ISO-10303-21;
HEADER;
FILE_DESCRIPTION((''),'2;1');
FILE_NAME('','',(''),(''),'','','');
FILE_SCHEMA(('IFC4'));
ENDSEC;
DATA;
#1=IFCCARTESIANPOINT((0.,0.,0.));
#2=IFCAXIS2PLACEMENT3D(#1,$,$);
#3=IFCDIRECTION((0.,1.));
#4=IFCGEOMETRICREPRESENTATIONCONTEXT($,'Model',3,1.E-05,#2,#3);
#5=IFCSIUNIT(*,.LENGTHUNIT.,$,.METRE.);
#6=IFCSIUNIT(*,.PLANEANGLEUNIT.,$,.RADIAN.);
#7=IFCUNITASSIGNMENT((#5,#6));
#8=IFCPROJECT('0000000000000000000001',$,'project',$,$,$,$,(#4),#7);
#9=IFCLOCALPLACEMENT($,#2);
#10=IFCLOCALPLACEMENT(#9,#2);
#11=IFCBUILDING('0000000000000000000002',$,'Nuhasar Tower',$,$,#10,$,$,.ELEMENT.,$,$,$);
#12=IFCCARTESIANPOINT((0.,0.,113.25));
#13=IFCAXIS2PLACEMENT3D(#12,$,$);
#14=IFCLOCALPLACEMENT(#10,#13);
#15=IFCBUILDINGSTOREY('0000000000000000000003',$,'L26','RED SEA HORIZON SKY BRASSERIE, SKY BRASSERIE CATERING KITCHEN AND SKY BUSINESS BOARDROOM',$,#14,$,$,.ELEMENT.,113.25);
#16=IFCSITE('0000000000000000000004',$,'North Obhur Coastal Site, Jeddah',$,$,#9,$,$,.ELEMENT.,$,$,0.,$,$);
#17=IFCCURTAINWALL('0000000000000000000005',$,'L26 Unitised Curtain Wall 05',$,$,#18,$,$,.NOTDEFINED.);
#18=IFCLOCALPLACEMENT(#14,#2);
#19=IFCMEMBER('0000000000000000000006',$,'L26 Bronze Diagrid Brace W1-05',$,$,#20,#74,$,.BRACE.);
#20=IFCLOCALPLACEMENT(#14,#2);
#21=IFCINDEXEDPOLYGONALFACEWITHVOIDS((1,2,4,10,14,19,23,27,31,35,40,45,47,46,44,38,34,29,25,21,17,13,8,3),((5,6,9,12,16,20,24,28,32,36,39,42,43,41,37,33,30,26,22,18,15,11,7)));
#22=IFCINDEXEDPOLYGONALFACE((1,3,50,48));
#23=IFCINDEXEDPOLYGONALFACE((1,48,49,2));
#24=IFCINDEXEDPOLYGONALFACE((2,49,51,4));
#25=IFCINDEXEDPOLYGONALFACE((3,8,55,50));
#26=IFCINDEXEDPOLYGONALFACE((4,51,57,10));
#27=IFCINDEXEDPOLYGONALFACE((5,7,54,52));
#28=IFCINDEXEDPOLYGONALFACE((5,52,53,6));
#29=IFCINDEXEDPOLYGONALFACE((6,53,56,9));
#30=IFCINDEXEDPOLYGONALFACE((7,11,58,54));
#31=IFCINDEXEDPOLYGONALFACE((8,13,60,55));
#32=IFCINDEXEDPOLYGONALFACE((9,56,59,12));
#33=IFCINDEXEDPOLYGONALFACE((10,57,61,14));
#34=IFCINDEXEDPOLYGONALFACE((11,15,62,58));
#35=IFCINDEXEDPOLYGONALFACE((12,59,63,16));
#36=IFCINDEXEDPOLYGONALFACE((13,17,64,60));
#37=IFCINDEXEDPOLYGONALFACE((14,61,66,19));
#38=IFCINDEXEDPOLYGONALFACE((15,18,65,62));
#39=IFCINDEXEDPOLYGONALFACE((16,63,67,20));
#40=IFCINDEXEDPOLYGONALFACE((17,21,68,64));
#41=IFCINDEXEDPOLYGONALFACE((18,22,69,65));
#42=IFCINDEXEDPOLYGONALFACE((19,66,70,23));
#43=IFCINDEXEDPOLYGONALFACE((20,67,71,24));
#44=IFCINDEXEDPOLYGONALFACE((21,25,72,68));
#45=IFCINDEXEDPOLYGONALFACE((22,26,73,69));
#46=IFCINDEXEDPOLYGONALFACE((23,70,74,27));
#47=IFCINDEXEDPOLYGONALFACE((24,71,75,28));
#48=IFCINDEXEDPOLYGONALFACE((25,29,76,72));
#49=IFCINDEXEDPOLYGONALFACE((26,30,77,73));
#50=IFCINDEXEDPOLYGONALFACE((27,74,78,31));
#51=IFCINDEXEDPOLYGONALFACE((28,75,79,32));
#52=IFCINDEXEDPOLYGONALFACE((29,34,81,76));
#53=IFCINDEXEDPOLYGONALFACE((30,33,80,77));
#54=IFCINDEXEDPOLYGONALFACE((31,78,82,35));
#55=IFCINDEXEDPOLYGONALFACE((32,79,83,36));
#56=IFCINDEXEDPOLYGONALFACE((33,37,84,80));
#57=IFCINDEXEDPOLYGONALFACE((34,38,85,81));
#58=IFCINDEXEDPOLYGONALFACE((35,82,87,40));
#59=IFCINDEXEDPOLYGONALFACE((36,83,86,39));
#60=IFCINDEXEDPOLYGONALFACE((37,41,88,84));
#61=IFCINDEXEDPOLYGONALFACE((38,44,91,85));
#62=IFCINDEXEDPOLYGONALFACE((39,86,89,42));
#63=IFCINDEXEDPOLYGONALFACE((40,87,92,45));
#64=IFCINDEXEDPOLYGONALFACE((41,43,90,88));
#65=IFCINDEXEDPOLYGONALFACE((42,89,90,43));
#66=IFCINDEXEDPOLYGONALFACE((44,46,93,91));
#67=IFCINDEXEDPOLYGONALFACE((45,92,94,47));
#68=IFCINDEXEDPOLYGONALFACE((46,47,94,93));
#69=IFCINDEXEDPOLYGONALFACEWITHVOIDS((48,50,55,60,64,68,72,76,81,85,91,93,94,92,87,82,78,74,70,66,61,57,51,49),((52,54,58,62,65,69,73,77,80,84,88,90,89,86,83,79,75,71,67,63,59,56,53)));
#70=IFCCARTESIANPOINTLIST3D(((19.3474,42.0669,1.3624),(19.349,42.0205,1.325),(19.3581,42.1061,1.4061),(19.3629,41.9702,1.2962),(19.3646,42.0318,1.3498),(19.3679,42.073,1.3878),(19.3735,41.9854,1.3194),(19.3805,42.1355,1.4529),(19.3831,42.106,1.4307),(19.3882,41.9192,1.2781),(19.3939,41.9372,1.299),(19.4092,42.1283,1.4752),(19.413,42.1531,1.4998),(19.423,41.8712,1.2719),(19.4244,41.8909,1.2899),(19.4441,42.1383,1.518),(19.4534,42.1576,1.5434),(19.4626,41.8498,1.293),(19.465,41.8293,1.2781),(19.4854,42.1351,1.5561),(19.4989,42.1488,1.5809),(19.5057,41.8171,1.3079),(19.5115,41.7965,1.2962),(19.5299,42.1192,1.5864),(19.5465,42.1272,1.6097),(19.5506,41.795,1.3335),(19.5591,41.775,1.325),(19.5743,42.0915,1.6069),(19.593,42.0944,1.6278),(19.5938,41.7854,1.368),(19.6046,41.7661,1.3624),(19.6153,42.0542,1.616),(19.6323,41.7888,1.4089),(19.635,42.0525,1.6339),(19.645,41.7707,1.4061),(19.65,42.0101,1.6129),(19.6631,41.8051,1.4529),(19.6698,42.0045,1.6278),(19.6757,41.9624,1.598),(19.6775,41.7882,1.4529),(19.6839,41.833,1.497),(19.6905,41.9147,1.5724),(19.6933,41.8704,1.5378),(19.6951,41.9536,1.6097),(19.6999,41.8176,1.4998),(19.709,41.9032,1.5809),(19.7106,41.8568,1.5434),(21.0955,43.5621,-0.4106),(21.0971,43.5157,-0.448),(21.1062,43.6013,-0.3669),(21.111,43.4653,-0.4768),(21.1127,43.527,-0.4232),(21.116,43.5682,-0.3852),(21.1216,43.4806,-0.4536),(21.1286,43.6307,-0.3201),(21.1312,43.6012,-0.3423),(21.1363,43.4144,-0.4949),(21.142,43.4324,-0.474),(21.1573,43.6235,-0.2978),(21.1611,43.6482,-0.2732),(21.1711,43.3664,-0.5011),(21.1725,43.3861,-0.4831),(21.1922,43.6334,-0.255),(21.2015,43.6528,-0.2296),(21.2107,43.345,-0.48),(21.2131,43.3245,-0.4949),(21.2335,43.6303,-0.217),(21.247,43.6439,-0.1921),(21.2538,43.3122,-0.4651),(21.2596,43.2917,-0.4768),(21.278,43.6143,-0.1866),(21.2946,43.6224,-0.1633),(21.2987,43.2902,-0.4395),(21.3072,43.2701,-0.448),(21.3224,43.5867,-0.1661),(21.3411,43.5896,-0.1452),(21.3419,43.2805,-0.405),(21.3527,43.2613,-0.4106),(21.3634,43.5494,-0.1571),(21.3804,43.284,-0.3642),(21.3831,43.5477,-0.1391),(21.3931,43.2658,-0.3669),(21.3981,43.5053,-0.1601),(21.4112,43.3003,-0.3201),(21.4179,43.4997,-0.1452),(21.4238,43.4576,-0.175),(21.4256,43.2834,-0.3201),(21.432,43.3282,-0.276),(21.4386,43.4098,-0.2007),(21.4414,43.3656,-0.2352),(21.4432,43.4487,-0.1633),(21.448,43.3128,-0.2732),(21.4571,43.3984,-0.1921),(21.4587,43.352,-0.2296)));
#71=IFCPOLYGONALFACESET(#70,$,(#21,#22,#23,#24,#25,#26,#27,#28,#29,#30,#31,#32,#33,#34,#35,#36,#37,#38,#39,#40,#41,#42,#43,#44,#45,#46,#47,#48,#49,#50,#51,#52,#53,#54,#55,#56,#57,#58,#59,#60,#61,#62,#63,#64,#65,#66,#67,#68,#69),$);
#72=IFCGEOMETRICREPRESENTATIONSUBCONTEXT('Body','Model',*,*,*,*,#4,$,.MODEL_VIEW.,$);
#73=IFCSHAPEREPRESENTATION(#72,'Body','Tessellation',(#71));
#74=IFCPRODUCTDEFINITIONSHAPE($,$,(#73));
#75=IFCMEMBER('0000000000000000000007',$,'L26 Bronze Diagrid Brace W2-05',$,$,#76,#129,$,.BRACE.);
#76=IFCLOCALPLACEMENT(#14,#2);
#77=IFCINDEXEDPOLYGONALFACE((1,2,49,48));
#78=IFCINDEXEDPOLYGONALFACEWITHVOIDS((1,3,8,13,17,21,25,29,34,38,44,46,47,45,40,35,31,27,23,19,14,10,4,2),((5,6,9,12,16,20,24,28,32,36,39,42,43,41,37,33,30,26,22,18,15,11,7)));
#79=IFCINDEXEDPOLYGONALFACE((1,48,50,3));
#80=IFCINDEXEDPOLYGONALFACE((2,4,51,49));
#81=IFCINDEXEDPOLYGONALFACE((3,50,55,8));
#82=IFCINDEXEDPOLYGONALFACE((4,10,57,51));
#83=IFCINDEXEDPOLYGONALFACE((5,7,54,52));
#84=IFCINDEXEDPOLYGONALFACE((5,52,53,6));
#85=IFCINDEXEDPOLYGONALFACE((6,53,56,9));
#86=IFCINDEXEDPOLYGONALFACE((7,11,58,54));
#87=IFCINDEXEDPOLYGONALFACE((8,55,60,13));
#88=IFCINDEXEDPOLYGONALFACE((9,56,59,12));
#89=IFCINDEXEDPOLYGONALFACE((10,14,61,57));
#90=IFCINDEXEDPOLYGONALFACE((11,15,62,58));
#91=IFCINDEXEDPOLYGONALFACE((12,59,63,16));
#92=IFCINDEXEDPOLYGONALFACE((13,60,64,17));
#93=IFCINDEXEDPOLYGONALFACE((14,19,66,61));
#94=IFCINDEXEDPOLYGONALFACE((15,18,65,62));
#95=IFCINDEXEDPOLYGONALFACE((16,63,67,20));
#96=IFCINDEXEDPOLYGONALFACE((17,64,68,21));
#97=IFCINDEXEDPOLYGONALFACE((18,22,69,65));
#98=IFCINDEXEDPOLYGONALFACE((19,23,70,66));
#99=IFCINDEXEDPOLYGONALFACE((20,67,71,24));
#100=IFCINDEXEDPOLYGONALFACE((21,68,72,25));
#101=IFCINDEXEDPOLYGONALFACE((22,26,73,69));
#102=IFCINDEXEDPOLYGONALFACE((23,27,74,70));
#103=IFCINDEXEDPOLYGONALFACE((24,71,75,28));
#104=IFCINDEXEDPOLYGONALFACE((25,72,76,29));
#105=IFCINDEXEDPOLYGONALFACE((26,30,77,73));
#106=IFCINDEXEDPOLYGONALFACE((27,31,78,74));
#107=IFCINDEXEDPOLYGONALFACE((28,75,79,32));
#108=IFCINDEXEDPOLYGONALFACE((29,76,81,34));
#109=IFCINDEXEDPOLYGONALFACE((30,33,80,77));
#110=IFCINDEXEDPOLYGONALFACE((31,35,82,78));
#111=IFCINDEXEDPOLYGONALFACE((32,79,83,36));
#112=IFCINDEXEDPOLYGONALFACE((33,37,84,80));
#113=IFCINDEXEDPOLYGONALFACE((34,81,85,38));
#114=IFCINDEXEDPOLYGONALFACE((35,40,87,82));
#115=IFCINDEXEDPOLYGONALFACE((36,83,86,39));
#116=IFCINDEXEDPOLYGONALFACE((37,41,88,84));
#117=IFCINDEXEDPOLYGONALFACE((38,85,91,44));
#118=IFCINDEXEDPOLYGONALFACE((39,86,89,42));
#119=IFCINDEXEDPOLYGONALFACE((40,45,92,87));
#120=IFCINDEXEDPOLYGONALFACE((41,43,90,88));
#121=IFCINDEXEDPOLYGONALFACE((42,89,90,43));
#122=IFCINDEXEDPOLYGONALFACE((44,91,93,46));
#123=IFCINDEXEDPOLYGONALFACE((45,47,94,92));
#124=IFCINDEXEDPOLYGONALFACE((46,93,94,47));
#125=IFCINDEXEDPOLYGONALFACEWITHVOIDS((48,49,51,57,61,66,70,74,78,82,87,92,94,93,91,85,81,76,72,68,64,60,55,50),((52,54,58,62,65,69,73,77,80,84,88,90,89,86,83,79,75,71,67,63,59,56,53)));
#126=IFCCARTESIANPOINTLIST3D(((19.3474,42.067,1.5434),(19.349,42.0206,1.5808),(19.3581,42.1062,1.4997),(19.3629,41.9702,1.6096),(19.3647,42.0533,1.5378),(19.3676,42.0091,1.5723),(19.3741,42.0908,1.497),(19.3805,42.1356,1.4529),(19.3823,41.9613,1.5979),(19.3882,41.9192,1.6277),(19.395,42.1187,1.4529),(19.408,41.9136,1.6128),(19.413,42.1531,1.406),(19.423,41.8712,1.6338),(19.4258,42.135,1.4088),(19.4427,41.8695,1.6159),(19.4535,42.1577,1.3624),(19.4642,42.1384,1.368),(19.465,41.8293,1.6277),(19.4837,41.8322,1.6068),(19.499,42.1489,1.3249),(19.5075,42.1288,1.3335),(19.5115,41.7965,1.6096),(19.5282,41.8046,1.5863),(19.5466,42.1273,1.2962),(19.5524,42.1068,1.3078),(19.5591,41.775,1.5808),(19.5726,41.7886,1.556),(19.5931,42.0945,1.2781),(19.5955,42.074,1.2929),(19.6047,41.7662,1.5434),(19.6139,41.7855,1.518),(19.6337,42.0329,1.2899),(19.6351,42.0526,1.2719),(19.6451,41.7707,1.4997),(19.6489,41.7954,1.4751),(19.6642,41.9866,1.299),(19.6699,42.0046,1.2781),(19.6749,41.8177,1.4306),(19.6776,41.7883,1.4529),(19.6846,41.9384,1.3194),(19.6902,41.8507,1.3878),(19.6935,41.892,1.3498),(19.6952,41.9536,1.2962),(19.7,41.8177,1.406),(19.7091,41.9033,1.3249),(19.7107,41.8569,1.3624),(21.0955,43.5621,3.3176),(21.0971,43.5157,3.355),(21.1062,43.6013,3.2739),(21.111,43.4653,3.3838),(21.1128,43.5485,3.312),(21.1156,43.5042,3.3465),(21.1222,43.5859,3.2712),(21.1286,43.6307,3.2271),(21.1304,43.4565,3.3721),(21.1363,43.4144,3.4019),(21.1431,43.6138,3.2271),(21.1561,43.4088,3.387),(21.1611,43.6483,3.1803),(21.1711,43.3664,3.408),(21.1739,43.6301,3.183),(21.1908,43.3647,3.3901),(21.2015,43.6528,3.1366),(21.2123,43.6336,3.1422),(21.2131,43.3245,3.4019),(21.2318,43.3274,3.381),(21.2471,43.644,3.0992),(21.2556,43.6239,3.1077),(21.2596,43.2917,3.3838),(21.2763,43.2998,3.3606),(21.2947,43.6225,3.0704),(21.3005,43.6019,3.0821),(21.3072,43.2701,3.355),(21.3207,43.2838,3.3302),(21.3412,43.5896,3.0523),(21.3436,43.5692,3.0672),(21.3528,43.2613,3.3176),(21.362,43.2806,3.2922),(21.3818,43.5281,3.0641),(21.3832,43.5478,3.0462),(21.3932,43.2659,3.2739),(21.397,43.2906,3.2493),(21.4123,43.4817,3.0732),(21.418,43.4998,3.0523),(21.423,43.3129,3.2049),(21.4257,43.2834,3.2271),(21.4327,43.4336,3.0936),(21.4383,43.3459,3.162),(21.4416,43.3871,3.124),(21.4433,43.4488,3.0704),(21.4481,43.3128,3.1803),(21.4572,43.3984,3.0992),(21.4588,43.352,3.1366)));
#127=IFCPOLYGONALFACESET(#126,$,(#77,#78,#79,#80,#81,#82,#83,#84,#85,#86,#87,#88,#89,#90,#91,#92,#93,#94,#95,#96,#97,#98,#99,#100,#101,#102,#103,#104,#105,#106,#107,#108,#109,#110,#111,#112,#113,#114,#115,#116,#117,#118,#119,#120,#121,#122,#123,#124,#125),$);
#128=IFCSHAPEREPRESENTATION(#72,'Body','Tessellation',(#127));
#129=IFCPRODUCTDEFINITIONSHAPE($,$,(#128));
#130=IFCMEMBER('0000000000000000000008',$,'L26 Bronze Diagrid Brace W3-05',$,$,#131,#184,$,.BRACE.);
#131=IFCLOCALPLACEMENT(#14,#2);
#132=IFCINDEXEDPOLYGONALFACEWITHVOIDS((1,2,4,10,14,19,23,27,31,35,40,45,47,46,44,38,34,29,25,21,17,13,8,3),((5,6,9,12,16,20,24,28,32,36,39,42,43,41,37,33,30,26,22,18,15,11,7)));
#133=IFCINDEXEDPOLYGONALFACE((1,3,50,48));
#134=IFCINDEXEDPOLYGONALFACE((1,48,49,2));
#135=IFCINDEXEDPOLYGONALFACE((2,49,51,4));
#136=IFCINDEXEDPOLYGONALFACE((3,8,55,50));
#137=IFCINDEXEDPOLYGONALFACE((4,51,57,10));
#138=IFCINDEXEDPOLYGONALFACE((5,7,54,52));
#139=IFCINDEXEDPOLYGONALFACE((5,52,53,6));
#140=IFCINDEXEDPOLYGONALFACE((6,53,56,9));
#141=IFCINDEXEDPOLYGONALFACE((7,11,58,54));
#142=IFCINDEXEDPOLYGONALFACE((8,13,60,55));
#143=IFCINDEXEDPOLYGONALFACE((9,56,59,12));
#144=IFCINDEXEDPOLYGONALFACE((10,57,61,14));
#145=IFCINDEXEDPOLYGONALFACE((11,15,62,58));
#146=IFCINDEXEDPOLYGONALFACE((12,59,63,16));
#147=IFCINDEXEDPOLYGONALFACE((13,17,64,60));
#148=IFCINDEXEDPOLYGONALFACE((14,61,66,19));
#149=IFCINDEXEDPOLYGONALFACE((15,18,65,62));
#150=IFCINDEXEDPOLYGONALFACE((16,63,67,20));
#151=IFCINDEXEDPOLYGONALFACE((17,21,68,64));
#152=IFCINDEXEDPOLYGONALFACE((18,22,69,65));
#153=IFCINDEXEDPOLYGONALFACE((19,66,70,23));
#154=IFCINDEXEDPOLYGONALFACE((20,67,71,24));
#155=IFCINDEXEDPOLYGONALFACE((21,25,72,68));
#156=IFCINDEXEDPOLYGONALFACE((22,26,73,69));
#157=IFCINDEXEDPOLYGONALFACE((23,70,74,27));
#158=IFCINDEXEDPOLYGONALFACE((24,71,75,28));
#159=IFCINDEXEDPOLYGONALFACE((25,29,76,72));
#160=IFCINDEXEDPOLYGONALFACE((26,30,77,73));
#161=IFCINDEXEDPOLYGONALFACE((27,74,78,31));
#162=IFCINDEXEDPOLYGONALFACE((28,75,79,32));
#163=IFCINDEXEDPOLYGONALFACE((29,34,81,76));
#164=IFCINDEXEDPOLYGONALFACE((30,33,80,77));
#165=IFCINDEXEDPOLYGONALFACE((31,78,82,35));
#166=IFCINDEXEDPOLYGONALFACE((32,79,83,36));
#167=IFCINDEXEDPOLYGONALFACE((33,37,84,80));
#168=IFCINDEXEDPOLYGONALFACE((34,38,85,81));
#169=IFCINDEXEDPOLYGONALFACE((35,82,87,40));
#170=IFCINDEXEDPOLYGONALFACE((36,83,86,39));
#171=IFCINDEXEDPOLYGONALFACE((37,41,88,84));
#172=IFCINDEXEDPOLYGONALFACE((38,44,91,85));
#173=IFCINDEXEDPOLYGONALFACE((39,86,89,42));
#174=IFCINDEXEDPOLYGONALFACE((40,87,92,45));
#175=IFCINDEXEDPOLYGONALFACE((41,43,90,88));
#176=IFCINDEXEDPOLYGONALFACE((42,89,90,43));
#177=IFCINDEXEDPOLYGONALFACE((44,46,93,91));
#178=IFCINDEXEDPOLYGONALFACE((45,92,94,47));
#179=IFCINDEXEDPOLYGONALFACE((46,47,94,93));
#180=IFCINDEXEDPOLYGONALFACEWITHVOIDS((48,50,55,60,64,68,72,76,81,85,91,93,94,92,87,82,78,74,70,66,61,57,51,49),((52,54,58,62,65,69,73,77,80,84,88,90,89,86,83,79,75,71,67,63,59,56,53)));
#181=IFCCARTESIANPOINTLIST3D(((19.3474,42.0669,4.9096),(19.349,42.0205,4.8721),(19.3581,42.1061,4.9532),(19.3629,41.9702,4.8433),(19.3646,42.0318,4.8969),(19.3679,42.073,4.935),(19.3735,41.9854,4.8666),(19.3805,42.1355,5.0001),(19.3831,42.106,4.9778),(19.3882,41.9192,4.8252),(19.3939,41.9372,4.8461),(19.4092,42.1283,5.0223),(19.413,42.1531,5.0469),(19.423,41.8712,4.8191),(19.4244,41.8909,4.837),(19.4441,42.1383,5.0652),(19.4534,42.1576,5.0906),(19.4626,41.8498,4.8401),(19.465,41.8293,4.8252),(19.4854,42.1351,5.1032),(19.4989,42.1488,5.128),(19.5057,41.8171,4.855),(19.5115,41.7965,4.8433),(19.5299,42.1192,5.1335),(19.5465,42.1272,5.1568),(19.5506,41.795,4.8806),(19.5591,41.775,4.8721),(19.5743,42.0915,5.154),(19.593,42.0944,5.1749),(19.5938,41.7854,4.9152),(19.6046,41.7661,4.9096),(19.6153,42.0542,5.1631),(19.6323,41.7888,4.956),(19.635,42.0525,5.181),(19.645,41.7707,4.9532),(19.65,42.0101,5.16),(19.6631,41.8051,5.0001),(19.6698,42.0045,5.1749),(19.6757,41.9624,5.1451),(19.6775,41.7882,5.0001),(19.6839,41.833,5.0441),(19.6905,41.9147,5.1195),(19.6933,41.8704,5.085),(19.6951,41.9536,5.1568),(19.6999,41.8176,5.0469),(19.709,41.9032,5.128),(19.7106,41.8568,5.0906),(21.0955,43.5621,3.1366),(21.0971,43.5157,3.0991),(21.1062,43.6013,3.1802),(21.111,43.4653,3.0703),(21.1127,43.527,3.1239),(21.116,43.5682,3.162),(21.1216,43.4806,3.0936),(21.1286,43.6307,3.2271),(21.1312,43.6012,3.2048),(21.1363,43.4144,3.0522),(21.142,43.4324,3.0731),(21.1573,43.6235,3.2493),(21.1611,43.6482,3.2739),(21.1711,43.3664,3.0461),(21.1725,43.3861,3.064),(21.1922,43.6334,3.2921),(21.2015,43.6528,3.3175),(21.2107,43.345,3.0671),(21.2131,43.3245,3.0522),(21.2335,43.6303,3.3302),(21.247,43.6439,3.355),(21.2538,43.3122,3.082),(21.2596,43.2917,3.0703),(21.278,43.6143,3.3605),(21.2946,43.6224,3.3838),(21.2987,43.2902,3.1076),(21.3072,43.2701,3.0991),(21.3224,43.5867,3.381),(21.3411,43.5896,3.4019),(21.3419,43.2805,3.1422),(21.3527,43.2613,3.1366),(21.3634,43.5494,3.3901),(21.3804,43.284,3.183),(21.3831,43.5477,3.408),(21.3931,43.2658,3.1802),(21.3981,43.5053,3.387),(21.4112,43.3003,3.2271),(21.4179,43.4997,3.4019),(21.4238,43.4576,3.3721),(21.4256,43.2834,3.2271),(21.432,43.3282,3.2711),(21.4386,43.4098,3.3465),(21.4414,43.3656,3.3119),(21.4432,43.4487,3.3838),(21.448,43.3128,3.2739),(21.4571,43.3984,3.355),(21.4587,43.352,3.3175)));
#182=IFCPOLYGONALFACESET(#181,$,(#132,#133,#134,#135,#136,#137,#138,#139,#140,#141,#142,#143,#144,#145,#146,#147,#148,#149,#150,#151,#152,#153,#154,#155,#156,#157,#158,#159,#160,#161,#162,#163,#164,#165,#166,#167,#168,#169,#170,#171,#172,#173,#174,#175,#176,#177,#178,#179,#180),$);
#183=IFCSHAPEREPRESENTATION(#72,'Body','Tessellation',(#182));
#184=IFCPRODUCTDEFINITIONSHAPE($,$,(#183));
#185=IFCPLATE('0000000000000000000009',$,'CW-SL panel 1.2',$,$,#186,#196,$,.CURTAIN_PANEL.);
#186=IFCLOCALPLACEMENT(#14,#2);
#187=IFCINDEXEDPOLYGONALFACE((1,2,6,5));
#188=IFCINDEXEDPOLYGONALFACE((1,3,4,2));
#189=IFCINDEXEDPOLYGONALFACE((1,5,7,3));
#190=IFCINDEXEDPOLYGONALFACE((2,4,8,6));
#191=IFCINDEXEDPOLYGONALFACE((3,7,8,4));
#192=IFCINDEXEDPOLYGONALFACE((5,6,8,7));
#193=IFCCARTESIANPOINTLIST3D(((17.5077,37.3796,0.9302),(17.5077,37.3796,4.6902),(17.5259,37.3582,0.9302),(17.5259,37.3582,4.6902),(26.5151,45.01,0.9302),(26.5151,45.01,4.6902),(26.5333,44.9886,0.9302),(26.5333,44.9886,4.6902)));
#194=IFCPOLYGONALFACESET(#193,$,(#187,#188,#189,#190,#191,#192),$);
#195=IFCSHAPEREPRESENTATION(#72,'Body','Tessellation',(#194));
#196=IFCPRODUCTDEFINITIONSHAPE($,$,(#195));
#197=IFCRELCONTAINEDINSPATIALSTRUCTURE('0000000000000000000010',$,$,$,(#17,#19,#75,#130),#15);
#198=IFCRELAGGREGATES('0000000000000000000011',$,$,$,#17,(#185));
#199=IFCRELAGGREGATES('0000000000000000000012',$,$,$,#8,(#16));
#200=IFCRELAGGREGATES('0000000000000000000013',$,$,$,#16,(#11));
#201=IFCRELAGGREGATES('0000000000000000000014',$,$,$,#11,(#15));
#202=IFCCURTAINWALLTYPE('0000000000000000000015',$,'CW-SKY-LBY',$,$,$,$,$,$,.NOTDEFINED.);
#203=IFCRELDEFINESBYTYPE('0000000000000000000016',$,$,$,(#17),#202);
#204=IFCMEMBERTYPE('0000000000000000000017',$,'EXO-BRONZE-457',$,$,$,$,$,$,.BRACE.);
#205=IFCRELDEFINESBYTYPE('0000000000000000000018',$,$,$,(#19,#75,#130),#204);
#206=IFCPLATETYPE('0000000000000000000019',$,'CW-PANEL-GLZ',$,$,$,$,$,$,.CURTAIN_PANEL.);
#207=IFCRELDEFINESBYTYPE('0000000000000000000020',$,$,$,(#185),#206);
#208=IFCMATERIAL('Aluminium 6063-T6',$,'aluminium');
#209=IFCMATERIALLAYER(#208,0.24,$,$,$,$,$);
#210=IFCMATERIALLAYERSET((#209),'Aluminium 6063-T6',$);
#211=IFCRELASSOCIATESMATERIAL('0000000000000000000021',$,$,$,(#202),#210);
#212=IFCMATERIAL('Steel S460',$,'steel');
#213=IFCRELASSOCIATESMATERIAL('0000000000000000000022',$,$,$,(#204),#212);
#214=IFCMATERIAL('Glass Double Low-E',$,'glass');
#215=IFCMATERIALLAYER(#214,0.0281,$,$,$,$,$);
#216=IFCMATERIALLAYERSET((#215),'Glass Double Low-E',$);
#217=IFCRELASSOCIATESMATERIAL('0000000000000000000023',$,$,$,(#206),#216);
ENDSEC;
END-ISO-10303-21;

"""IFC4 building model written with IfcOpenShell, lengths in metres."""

from ifc_helpers import new_model, si_unit, direction, frame, origin, origin_2d, place, context, subcontext, project, spatial, rectangle, hollow_circle, extrude, material, layer, layer_set, material_profile, profile_set, type_object, element, aggregate, save


model = new_model("IFC4")

# Units and contexts
model_context = context("Model", 3, precision=1e-05, world=origin(), true_north=direction((0.0, 1.0)))
body_context = subcontext(model_context, "Body", "Model", "MODEL_VIEW")
ifc_project = project(units=[si_unit("LENGTHUNIT", "METRE"), si_unit("PLANEANGLEUNIT", "RADIAN")], contexts=[model_context])

# Site, building, storey
site_placement = place(None, origin())
site = spatial("IfcSite", under=ifc_project, at=site_placement, Name="North Obhur Coastal Site, Jeddah", CompositionType="ELEMENT", RefElevation=0.0)
building_placement = place(site_placement, origin())
building = spatial("IfcBuilding", under=site, at=building_placement, Name="Nuhasar Tower", CompositionType="ELEMENT")
storey_placement = place(building_placement, frame((0.0, 0.0, 113.25)))
storey = spatial("IfcBuildingStorey", under=building, at=storey_placement, Name="L26", Description="RED SEA HORIZON SKY BRASSERIE, SKY BRASSERIE CATERING KITCHEN AND SKY BUSINESS BOARDROOM", CompositionType="ELEMENT", Elevation=113.25)

# Shared definitions
ifc_material_1 = material(Name="Steel S460", Category="steel")

# Shared definitions
ifc_material_2 = material(Name="Aluminium 6063-T6", Category="aluminium")
ifc_layer_1 = layer(ifc_material_2, 0.24)
ifc_layer_set_1 = layer_set([ifc_layer_1], Name="Aluminium 6063-T6")
curtain_wall_type = type_object("IfcCurtainWallType", Name="CW-SKY-LBY", PredefinedType="NOTDEFINED", material=ifc_layer_set_1)

# Curtain wall
curtain_wall_1_placement = place(storey_placement, origin())
curtain_wall_1 = element("IfcCurtainWall", 1, at=curtain_wall_1_placement, inside=storey, type_object=curtain_wall_type, Name="L26 Unitised Curtain Wall 05", PredefinedType="NOTDEFINED")

# Members
ifc_material_profile_1 = material_profile(ifc_material_1, hollow_circle(Radius=0.2285, WallThickness=0.0222, at=origin_2d()), Name="HSS457X22.2")
ifc_profile_set_1 = profile_set([ifc_material_profile_1], Name="Steel S460")
member_type_1 = type_object("IfcMemberType", Name="EXO-BRONZE-457", PredefinedType="BRACE", material=ifc_profile_set_1)
member_1_placement = place(storey_placement, frame((21.2771, 43.457, -0.3201), z_axis=(-0.601903, -0.514812, 0.610477), x_axis=(0.649987, -0.759945, 0.0)))
element("IfcMember", 2, at=member_1_placement, inside=storey, type_object=member_type_1, Name="L26 Bronze Diagrid Brace W1-05", PredefinedType="BRACE", context=body_context, shape_type="SweptSolid", body=[
    extrude(hollow_circle(Radius=0.2285, WallThickness=0.0222, at=origin_2d()), origin(), (0.0, 0.0, 1.0), 2.9043),
])
member_2_placement = place(storey_placement, frame((19.5291, 41.9619, 1.4529), z_axis=(0.601748, 0.51468, 0.610741), x_axis=(-0.649987, 0.759945, 0.0)))
element("IfcMember", 3, at=member_2_placement, inside=storey, type_object=member_type_1, Name="L26 Bronze Diagrid Brace W2-05", PredefinedType="BRACE", context=body_context, shape_type="SweptSolid", body=[
    extrude(hollow_circle(Radius=0.2285, WallThickness=0.0222, at=origin_2d()), origin(), (0.0, 0.0, 1.0), 2.905),
])
member_3_placement = place(storey_placement, frame((21.2771, 43.457, 3.2271), z_axis=(-0.601903, -0.514812, 0.610477), x_axis=(0.649987, -0.759945, 0.0)))
element("IfcMember", 4, at=member_3_placement, inside=storey, type_object=member_type_1, Name="L26 Bronze Diagrid Brace W3-05", PredefinedType="BRACE", context=body_context, shape_type="SweptSolid", body=[
    extrude(hollow_circle(Radius=0.2285, WallThickness=0.0222, at=origin_2d()), origin(), (0.0, 0.0, 1.0), 2.9043),
])

# Plate
ifc_material_3 = material(Name="Glass Double Low-E", Category="glass")
ifc_layer_2 = layer(ifc_material_3, 0.0281)
ifc_layer_set_2 = layer_set([ifc_layer_2], Name="Glass Double Low-E")
plate_type_1 = type_object("IfcPlateType", Name="CW-PANEL-GLZ", PredefinedType="CURTAIN_PANEL", material=ifc_layer_set_2)
plate_1_placement = place(storey_placement, frame((22.0205, 41.1841, 0.9302), z_axis=(0.0, 0.0, 1.0), x_axis=(-0.76302, -0.646374, 0.0)))
plate_1 = element("IfcPlate", 5, at=plate_1_placement, type_object=plate_type_1, Name="CW-SL panel 1.2", PredefinedType="CURTAIN_PANEL", context=body_context, shape_type="SweptSolid", body=[
    extrude(rectangle(XDim=11.8049, YDim=0.0281, at=origin_2d()), origin(), (0.0, 0.0, 1.0), 3.76),
])
aggregate(curtain_wall_1, [plate_1])

save(model, "model.ifc")
